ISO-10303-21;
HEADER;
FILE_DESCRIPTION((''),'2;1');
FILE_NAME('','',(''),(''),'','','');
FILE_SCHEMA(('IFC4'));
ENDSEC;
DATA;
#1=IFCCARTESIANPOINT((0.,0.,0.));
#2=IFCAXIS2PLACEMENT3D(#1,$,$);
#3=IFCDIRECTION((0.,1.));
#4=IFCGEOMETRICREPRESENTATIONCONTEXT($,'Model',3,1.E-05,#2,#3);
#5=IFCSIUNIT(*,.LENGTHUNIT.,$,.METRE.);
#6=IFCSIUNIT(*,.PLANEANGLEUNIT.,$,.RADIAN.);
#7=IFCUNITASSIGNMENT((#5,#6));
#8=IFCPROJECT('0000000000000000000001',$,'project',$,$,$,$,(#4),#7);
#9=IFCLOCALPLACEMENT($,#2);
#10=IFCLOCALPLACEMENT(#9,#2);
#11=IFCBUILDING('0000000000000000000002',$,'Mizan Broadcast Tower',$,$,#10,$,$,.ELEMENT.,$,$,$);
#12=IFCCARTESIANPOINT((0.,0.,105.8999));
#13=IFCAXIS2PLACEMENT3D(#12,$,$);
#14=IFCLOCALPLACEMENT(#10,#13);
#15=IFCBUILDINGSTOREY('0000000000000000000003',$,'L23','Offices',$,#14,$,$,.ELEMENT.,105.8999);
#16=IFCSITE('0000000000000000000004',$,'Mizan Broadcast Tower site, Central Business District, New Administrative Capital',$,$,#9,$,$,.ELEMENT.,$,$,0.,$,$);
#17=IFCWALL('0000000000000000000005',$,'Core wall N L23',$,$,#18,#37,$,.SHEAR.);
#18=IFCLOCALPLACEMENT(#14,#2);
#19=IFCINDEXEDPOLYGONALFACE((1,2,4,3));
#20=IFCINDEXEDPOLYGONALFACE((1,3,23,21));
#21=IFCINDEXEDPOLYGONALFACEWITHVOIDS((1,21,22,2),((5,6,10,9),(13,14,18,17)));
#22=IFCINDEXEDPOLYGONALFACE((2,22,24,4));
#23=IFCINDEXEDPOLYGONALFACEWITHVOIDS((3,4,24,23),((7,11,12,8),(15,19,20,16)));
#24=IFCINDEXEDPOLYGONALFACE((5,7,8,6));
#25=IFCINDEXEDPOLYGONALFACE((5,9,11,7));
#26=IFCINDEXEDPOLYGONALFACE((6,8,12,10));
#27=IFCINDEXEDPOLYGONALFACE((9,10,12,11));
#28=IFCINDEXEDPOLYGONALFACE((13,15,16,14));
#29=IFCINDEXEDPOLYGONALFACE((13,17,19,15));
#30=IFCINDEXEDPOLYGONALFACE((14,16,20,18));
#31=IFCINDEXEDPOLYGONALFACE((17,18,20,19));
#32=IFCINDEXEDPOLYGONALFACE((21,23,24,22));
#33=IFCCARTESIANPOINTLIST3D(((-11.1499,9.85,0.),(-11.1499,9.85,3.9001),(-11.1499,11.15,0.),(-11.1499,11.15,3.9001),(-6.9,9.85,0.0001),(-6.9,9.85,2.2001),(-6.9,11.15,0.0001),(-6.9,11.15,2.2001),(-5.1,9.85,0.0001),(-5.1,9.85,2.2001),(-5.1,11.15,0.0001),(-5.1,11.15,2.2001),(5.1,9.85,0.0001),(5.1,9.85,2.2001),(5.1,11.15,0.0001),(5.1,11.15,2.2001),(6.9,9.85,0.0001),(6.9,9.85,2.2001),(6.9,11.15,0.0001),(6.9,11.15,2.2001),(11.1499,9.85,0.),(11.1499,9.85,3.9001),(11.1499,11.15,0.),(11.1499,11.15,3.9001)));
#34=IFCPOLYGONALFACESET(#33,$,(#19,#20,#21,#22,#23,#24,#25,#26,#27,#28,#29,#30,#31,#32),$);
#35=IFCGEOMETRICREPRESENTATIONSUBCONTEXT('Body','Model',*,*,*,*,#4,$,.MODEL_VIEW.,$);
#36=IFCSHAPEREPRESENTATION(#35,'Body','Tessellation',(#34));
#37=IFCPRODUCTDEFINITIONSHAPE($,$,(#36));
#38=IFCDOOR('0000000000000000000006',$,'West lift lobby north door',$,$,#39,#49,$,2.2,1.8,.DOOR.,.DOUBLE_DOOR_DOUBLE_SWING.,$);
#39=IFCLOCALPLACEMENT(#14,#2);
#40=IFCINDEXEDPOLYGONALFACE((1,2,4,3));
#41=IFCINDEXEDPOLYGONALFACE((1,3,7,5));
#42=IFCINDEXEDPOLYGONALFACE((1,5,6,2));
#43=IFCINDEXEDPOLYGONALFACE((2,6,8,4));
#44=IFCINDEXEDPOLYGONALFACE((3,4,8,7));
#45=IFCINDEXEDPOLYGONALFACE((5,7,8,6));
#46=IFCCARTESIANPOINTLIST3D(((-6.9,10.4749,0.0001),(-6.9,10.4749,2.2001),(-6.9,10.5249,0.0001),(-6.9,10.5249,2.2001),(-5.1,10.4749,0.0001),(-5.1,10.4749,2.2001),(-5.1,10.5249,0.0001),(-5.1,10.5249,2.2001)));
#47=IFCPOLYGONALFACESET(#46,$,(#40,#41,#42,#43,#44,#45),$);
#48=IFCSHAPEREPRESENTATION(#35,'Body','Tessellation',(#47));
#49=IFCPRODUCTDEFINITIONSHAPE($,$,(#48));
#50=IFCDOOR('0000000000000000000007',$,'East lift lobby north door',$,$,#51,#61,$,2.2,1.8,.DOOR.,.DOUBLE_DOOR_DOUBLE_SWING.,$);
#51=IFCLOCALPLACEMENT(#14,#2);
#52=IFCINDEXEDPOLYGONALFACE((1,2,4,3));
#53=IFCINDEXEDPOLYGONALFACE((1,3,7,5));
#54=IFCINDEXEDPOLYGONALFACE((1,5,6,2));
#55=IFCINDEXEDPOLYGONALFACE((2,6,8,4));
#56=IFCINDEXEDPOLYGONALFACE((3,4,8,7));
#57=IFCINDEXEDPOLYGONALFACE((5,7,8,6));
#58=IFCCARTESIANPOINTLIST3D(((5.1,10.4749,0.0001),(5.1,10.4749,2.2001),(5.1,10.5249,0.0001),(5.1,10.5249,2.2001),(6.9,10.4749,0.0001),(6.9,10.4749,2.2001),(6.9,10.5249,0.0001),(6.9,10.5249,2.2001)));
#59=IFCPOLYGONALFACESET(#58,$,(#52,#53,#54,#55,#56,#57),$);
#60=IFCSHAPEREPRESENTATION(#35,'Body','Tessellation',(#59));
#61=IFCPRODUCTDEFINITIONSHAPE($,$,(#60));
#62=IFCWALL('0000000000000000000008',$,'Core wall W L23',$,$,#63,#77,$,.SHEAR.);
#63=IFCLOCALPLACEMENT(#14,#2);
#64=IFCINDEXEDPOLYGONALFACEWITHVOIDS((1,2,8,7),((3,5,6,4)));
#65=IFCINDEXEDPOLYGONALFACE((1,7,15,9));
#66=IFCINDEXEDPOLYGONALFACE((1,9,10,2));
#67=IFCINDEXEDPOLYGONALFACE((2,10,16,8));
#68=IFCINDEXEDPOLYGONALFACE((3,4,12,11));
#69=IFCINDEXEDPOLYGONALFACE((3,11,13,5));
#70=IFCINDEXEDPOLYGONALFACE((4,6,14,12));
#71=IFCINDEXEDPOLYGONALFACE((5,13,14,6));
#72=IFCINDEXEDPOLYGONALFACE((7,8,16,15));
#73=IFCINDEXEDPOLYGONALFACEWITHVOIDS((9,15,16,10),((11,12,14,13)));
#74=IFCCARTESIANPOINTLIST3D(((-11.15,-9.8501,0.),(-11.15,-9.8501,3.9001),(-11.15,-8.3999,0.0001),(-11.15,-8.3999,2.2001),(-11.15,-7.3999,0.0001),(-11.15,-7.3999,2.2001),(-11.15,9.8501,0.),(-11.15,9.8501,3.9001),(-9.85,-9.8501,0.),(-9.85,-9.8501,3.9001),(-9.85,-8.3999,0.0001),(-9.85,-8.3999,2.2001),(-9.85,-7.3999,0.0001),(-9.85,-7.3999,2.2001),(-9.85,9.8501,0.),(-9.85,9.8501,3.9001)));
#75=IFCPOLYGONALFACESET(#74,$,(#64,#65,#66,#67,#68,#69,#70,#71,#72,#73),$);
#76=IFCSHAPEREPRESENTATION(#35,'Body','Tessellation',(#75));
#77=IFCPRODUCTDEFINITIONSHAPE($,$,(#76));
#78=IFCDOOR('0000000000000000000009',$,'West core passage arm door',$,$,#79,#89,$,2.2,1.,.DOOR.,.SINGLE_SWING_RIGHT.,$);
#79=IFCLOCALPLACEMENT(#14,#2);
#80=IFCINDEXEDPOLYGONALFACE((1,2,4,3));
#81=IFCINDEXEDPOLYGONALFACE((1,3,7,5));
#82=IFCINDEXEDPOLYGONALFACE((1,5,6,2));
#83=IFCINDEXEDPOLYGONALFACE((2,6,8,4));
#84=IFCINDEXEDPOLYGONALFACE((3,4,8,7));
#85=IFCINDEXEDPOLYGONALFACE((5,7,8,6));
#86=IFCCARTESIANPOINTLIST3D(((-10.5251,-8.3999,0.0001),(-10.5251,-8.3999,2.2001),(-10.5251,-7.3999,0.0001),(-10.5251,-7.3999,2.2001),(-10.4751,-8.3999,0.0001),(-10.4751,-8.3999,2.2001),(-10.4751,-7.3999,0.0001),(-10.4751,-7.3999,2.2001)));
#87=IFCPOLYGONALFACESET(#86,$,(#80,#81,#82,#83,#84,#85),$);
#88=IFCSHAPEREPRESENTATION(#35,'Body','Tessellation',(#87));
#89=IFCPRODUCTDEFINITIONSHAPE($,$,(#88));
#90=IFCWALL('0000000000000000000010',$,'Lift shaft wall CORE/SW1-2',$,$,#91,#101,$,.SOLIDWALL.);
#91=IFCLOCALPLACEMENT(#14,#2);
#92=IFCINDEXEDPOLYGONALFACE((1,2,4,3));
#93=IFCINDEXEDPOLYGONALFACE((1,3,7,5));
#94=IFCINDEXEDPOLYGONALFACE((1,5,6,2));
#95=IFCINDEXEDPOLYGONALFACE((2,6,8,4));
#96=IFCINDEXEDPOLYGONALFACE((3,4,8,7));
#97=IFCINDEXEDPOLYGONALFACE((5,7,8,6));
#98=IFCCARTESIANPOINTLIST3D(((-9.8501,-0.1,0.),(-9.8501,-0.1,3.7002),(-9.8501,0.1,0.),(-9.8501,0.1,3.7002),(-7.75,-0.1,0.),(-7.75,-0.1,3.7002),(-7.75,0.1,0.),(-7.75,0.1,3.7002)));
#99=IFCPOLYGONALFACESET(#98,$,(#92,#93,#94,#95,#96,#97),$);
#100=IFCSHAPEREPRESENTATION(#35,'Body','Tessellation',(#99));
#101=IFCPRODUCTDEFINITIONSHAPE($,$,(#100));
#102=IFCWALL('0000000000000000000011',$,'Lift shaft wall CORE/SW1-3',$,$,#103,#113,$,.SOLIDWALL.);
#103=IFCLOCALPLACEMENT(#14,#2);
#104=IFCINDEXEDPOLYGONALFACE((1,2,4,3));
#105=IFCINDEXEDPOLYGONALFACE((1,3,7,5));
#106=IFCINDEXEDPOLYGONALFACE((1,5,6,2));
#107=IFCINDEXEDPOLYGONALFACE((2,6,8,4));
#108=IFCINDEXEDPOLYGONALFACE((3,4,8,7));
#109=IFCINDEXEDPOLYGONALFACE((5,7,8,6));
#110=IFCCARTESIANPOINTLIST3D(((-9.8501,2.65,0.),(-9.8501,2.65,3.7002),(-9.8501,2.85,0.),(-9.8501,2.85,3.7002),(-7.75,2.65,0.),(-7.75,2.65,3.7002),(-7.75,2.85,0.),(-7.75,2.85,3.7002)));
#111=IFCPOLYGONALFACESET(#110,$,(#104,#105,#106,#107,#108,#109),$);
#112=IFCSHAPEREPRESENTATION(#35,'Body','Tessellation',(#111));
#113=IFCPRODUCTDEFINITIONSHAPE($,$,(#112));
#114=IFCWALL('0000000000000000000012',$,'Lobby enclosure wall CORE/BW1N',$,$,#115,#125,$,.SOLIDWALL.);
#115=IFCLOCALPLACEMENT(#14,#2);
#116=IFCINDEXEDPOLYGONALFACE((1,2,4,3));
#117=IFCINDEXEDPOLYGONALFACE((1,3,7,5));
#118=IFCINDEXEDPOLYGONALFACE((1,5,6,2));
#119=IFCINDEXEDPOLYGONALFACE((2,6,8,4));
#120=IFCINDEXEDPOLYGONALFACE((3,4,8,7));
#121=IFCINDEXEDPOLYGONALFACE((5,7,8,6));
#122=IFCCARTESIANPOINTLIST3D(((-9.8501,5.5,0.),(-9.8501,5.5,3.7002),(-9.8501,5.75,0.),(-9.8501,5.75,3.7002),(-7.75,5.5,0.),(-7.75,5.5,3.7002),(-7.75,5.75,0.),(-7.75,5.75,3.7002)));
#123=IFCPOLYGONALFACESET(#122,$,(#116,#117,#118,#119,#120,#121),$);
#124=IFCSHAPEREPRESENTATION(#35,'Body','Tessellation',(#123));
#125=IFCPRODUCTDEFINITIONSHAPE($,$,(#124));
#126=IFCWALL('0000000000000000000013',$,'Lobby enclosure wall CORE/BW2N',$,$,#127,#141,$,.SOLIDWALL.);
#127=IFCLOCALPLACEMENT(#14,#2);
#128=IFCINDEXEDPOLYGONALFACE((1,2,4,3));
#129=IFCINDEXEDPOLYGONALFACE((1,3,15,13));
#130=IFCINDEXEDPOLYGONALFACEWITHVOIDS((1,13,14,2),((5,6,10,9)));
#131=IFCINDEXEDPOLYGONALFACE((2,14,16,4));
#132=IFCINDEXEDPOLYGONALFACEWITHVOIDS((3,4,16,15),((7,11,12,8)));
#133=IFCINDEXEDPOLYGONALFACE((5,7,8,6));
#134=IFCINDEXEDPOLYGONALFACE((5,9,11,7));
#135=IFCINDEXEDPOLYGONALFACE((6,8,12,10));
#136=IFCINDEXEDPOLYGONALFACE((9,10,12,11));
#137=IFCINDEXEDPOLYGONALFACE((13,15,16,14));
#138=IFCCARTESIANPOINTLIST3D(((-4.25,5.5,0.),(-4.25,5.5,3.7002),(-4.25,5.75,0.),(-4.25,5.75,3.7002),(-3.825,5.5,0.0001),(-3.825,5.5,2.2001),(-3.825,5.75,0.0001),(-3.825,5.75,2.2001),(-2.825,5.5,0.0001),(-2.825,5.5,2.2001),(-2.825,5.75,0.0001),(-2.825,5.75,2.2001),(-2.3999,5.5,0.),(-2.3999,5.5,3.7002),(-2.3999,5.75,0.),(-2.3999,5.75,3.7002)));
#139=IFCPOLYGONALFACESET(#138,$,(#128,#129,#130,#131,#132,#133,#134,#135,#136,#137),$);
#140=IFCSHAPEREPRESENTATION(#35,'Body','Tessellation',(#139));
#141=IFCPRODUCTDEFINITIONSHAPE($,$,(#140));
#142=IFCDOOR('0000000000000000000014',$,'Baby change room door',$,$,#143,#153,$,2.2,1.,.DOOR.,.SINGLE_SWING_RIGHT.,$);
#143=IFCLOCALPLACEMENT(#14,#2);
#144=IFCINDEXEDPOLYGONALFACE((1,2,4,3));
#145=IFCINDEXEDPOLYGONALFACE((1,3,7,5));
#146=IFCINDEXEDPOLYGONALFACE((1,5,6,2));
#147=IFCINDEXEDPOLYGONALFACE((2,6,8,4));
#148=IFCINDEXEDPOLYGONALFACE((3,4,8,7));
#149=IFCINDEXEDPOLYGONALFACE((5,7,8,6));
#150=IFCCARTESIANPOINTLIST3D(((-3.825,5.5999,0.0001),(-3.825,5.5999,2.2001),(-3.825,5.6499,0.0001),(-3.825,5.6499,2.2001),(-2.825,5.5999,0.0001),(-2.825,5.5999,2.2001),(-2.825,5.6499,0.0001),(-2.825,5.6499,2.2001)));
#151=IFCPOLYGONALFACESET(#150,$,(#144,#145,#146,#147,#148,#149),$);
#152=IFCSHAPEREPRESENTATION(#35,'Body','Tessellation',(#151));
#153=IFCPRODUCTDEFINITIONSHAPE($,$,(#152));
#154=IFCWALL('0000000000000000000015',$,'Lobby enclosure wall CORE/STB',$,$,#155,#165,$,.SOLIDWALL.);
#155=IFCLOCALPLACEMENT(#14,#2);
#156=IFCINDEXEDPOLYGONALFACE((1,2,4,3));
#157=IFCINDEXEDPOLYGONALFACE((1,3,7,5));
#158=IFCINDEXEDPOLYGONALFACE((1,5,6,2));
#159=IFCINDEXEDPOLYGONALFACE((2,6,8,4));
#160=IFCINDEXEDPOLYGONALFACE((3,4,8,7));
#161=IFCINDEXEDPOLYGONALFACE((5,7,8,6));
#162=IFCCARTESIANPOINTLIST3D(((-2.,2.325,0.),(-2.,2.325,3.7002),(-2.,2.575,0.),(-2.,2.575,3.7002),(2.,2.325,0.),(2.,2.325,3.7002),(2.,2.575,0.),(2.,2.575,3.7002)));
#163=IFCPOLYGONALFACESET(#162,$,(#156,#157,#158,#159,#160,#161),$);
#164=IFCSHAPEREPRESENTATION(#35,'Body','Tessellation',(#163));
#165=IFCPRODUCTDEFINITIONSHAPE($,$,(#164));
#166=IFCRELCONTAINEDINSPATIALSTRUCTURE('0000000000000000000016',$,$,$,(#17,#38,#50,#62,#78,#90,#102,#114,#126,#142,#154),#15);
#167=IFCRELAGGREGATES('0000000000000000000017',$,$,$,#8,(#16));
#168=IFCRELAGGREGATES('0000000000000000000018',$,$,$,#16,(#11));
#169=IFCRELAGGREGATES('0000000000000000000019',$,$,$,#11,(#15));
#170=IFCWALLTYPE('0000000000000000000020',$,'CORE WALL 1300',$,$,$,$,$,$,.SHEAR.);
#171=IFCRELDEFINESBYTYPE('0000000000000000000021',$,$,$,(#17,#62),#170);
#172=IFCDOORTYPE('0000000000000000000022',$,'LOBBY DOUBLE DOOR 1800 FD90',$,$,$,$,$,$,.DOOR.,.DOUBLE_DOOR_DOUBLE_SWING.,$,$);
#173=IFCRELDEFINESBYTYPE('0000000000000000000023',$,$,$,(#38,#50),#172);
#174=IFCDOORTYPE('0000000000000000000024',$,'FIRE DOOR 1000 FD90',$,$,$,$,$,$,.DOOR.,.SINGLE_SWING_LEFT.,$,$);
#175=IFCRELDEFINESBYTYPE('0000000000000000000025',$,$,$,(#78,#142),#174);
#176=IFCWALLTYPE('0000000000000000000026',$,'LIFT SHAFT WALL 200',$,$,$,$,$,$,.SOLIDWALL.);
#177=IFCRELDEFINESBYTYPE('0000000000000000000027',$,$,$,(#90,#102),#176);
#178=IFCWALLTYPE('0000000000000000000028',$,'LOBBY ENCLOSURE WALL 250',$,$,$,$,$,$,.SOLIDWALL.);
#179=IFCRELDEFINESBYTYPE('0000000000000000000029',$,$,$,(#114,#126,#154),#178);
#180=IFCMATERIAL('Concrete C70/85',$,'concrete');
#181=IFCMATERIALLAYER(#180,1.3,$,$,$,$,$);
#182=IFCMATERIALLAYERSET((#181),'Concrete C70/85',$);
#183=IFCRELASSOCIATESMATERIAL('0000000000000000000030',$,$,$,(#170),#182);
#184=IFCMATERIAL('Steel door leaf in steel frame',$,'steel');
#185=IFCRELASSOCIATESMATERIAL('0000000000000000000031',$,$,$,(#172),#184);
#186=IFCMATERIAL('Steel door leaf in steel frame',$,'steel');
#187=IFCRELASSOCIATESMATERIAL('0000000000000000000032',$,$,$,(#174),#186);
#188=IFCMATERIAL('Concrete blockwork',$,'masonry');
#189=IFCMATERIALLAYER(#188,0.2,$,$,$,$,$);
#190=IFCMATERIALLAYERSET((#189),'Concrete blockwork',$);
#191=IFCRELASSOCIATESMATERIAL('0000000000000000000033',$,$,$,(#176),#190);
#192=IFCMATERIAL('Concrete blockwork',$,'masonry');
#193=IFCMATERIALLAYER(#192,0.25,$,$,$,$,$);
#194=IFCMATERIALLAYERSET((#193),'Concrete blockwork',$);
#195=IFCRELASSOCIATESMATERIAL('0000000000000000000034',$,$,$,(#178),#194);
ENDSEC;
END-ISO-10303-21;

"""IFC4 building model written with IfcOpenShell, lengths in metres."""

from ifc_helpers import new_model, si_unit, direction, frame, frame_2d, origin, place, context, subcontext, project, spatial, rectangle, extrude, material, layer, layer_set, type_object, element, fill, save


model = new_model("IFC4")

# Units and contexts
model_context = context("Model", 3, precision=1e-05, world=origin(), true_north=direction((0.0, 1.0)))
body_context = subcontext(model_context, "Body", "Model", "MODEL_VIEW")
ifc_project = project(units=[si_unit("LENGTHUNIT", "METRE"), si_unit("PLANEANGLEUNIT", "RADIAN")], contexts=[model_context])

# Site, building, storey
site_placement = place(None, origin())
site = spatial("IfcSite", under=ifc_project, at=site_placement, Name="Mizan Broadcast Tower site, Central Business District, New Administrative Capital", CompositionType="ELEMENT", RefElevation=0.0)
building_placement = place(site_placement, origin())
building = spatial("IfcBuilding", under=site, at=building_placement, Name="Mizan Broadcast Tower", CompositionType="ELEMENT")
storey_placement = place(building_placement, frame((0.0, 0.0, 105.8999)))
storey = spatial("IfcBuildingStorey", under=building, at=storey_placement, Name="L23", Description="Offices", CompositionType="ELEMENT", Elevation=105.8999)

# Wall, openings, doors
ifc_material_1 = material(Name="Concrete C70/85", Category="concrete")
ifc_layer_1 = layer(ifc_material_1, 1.3)
ifc_layer_set_1 = layer_set([ifc_layer_1], Name="Concrete C70/85")
wall_type_1 = type_object("IfcWallType", Name="CORE WALL 1300", PredefinedType="SHEAR", material=ifc_layer_set_1)
wall_1_placement = place(storey_placement, frame((-11.1499, 10.5, 0.0), z_axis=(0.0, 0.0, 1.0), x_axis=(1.0, 0.0, 0.0)))
wall_1 = element("IfcWall", 1, at=wall_1_placement, inside=storey, type_object=wall_type_1, Name="Core wall N L23", PredefinedType="SHEAR", context=body_context, shape_type="SweptSolid", body=[
    extrude(rectangle(XDim=22.2998, YDim=1.3, at=frame_2d((11.1499, 0.0))), origin(), (0.0, 0.0, 1.0), 3.9001),
])
opening_1_placement = place(wall_1_placement, frame((4.25, 0.0, 0.0)))
opening_1 = element("IfcOpeningElement", 2, at=opening_1_placement, cuts=wall_1, PredefinedType="OPENING", context=body_context, shape_type="SweptSolid", body=[
    extrude(rectangle(XDim=1.8, YDim=2.2, at=frame_2d((0.8999, 1.1001))), frame((0.0, 0.6599, 0.0), z_axis=(0.0, -1.0, 0.0), x_axis=(1.0, 0.0, 0.0)), (0.0, 0.0, 1.0), 1.3201),
])
opening_2_placement = place(wall_1_placement, frame((16.25, 0.0, 0.0)))
opening_2 = element("IfcOpeningElement", 3, at=opening_2_placement, cuts=wall_1, PredefinedType="OPENING", context=body_context, shape_type="SweptSolid", body=[
    extrude(rectangle(XDim=1.8, YDim=2.2, at=frame_2d((0.8999, 1.1001))), frame((0.0, 0.6599, 0.0), z_axis=(0.0, -1.0, 0.0), x_axis=(1.0, 0.0, 0.0)), (0.0, 0.0, 1.0), 1.3201),
])
ifc_material_2 = material(Name="Steel door leaf in steel frame", Category="steel")
door_type_1 = type_object("IfcDoorType", Name="LOBBY DOUBLE DOOR 1800 FD90", OperationType="DOUBLE_DOOR_DOUBLE_SWING", PredefinedType="DOOR", material=ifc_material_2)
door_1_placement = place(opening_1_placement, origin())
door_1 = element("IfcDoor", 4, at=door_1_placement, inside=storey, type_object=door_type_1, Name="West lift lobby north door", OperationType="DOUBLE_DOOR_DOUBLE_SWING", OverallHeight=2.2, OverallWidth=1.8, PredefinedType="DOOR", context=body_context, shape_type="SweptSolid", body=[
    extrude(rectangle(XDim=1.8, YDim=2.2, at=frame_2d((0.8999, 1.1001))), frame((0.0, 0.0249, 0.0), z_axis=(0.0, -1.0, 0.0), x_axis=(1.0, 0.0, 0.0)), (0.0, 0.0, 1.0), 0.05),
])
fill(opening_1, door_1)
door_2_placement = place(opening_2_placement, origin())
door_2 = element("IfcDoor", 5, at=door_2_placement, inside=storey, type_object=door_type_1, Name="East lift lobby north door", OperationType="DOUBLE_DOOR_DOUBLE_SWING", OverallHeight=2.2, OverallWidth=1.8, PredefinedType="DOOR", context=body_context, shape_type="SweptSolid", body=[
    extrude(rectangle(XDim=1.8, YDim=2.2, at=frame_2d((0.8999, 1.1001))), frame((0.0, 0.0249, 0.0), z_axis=(0.0, -1.0, 0.0), x_axis=(1.0, 0.0, 0.0)), (0.0, 0.0, 1.0), 0.05),
])
fill(opening_2, door_2)

# Wall, opening, door
wall_2_placement = place(storey_placement, frame((-10.5, 9.8501, 0.0), z_axis=(0.0, 0.0, 1.0), x_axis=(0.0, -1.0, 0.0)))
wall_2 = element("IfcWall", 6, at=wall_2_placement, inside=storey, type_object=wall_type_1, Name="Core wall W L23", PredefinedType="SHEAR", context=body_context, shape_type="SweptSolid", body=[
    extrude(rectangle(XDim=19.7002, YDim=1.3, at=frame_2d((9.8501, 0.0))), origin(), (0.0, 0.0, 1.0), 3.9001),
])
opening_3_placement = place(wall_2_placement, frame((17.25, 0.0, 0.0)))
opening_3 = element("IfcOpeningElement", 7, at=opening_3_placement, cuts=wall_2, PredefinedType="OPENING", context=body_context, shape_type="SweptSolid", body=[
    extrude(rectangle(XDim=1.0, YDim=2.2, at=frame_2d((0.5, 1.1001))), frame((0.0, 0.6599, 0.0), z_axis=(0.0, -1.0, 0.0), x_axis=(1.0, 0.0, 0.0)), (0.0, 0.0, 1.0), 1.3201),
])
ifc_material_3 = material(Name="Steel door leaf in steel frame", Category="steel")
door_type_2 = type_object("IfcDoorType", Name="FIRE DOOR 1000 FD90", OperationType="SINGLE_SWING_LEFT", PredefinedType="DOOR", material=ifc_material_3)
door_3_placement = place(opening_3_placement, origin())
door_3 = element("IfcDoor", 8, at=door_3_placement, inside=storey, type_object=door_type_2, Name="West core passage arm door", OperationType="SINGLE_SWING_RIGHT", OverallHeight=2.2, OverallWidth=1.0, PredefinedType="DOOR", context=body_context, shape_type="SweptSolid", body=[
    extrude(rectangle(XDim=1.0, YDim=2.2, at=frame_2d((0.5, 1.1001))), frame((0.0, 0.0249, 0.0), z_axis=(0.0, -1.0, 0.0), x_axis=(1.0, 0.0, 0.0)), (0.0, 0.0, 1.0), 0.05),
])
fill(opening_3, door_3)

# Walls
ifc_material_4 = material(Name="Concrete blockwork", Category="masonry")
ifc_layer_2 = layer(ifc_material_4, 0.2)
ifc_layer_set_2 = layer_set([ifc_layer_2], Name="Concrete blockwork")
wall_type_2 = type_object("IfcWallType", Name="LIFT SHAFT WALL 200", PredefinedType="SOLIDWALL", material=ifc_layer_set_2)
for number, where, z_axis, x_axis, name in (
    (9, (-9.8501, 0.0, 0.0), (0.0, 0.0, 1.0), (1.0, 0.0, 0.0), "Lift shaft wall CORE/SW1-2"),
    (10, (-9.8501, 2.75, 0.0), (0.0, 0.0, 1.0), (1.0, 0.0, 0.0), "Lift shaft wall CORE/SW1-3"),
):
    element("IfcWall", number, at=place(storey_placement, frame(where, z_axis=z_axis, x_axis=x_axis)), inside=storey, type_object=wall_type_2, Name=name, PredefinedType="SOLIDWALL", context=body_context, shape_type="SweptSolid", body=[
        extrude(rectangle(XDim=2.1001, YDim=0.2, at=frame_2d((1.05, 0.0))), origin(), (0.0, 0.0, 1.0), 3.7002),
    ])
ifc_material_5 = material(Name="Concrete blockwork", Category="masonry")
ifc_layer_3 = layer(ifc_material_5, 0.25)
ifc_layer_set_3 = layer_set([ifc_layer_3], Name="Concrete blockwork")
wall_type_3 = type_object("IfcWallType", Name="LOBBY ENCLOSURE WALL 250", PredefinedType="SOLIDWALL", material=ifc_layer_set_3)
wall_3_placement = place(storey_placement, frame((-9.8501, 5.625, 0.0), z_axis=(0.0, 0.0, 1.0), x_axis=(1.0, 0.0, 0.0)))
element("IfcWall", 11, at=wall_3_placement, inside=storey, type_object=wall_type_3, Name="Lobby enclosure wall CORE/BW1N", PredefinedType="SOLIDWALL", context=body_context, shape_type="SweptSolid", body=[
    extrude(rectangle(XDim=2.1001, YDim=0.25, at=frame_2d((1.05, 0.0))), origin(), (0.0, 0.0, 1.0), 3.7002),
])

# Wall, opening, door
wall_4_placement = place(storey_placement, frame((-4.25, 5.625, 0.0), z_axis=(0.0, 0.0, 1.0), x_axis=(1.0, 0.0, 0.0)))
wall_4 = element("IfcWall", 12, at=wall_4_placement, inside=storey, type_object=wall_type_3, Name="Lobby enclosure wall CORE/BW2N", PredefinedType="SOLIDWALL", context=body_context, shape_type="SweptSolid", body=[
    extrude(rectangle(XDim=1.8501, YDim=0.25, at=frame_2d((0.925, 0.0))), origin(), (0.0, 0.0, 1.0), 3.7002),
])
opening_4_placement = place(wall_4_placement, frame((0.425, 0.0, 0.0)))
opening_4 = element("IfcOpeningElement", 13, at=opening_4_placement, cuts=wall_4, PredefinedType="OPENING", context=body_context, shape_type="SweptSolid", body=[
    extrude(rectangle(XDim=1.0, YDim=2.2, at=frame_2d((0.5, 1.1001))), frame((0.0, 0.135, 0.0), z_axis=(0.0, -1.0, 0.0), x_axis=(1.0, 0.0, 0.0)), (0.0, 0.0, 1.0), 0.27),
])
door_4_placement = place(opening_4_placement, origin())
door_4 = element("IfcDoor", 14, at=door_4_placement, inside=storey, type_object=door_type_2, Name="Baby change room door", OperationType="SINGLE_SWING_RIGHT", OverallHeight=2.2, OverallWidth=1.0, PredefinedType="DOOR", context=body_context, shape_type="SweptSolid", body=[
    extrude(rectangle(XDim=1.0, YDim=2.2, at=frame_2d((0.5, 1.1001))), frame((0.0, 0.0249, 0.0), z_axis=(0.0, -1.0, 0.0), x_axis=(1.0, 0.0, 0.0)), (0.0, 0.0, 1.0), 0.05),
])
fill(opening_4, door_4)

# Wall
wall_5_placement = place(storey_placement, frame((-2.0, 2.45, 0.0), z_axis=(0.0, 0.0, 1.0), x_axis=(1.0, 0.0, 0.0)))
element("IfcWall", 15, at=wall_5_placement, inside=storey, type_object=wall_type_3, Name="Lobby enclosure wall CORE/STB", PredefinedType="SOLIDWALL", context=body_context, shape_type="SweptSolid", body=[
    extrude(rectangle(XDim=4.0, YDim=0.25, at=frame_2d((2.0, 0.0))), origin(), (0.0, 0.0, 1.0), 3.7002),
])

save(model, "model.ifc")
